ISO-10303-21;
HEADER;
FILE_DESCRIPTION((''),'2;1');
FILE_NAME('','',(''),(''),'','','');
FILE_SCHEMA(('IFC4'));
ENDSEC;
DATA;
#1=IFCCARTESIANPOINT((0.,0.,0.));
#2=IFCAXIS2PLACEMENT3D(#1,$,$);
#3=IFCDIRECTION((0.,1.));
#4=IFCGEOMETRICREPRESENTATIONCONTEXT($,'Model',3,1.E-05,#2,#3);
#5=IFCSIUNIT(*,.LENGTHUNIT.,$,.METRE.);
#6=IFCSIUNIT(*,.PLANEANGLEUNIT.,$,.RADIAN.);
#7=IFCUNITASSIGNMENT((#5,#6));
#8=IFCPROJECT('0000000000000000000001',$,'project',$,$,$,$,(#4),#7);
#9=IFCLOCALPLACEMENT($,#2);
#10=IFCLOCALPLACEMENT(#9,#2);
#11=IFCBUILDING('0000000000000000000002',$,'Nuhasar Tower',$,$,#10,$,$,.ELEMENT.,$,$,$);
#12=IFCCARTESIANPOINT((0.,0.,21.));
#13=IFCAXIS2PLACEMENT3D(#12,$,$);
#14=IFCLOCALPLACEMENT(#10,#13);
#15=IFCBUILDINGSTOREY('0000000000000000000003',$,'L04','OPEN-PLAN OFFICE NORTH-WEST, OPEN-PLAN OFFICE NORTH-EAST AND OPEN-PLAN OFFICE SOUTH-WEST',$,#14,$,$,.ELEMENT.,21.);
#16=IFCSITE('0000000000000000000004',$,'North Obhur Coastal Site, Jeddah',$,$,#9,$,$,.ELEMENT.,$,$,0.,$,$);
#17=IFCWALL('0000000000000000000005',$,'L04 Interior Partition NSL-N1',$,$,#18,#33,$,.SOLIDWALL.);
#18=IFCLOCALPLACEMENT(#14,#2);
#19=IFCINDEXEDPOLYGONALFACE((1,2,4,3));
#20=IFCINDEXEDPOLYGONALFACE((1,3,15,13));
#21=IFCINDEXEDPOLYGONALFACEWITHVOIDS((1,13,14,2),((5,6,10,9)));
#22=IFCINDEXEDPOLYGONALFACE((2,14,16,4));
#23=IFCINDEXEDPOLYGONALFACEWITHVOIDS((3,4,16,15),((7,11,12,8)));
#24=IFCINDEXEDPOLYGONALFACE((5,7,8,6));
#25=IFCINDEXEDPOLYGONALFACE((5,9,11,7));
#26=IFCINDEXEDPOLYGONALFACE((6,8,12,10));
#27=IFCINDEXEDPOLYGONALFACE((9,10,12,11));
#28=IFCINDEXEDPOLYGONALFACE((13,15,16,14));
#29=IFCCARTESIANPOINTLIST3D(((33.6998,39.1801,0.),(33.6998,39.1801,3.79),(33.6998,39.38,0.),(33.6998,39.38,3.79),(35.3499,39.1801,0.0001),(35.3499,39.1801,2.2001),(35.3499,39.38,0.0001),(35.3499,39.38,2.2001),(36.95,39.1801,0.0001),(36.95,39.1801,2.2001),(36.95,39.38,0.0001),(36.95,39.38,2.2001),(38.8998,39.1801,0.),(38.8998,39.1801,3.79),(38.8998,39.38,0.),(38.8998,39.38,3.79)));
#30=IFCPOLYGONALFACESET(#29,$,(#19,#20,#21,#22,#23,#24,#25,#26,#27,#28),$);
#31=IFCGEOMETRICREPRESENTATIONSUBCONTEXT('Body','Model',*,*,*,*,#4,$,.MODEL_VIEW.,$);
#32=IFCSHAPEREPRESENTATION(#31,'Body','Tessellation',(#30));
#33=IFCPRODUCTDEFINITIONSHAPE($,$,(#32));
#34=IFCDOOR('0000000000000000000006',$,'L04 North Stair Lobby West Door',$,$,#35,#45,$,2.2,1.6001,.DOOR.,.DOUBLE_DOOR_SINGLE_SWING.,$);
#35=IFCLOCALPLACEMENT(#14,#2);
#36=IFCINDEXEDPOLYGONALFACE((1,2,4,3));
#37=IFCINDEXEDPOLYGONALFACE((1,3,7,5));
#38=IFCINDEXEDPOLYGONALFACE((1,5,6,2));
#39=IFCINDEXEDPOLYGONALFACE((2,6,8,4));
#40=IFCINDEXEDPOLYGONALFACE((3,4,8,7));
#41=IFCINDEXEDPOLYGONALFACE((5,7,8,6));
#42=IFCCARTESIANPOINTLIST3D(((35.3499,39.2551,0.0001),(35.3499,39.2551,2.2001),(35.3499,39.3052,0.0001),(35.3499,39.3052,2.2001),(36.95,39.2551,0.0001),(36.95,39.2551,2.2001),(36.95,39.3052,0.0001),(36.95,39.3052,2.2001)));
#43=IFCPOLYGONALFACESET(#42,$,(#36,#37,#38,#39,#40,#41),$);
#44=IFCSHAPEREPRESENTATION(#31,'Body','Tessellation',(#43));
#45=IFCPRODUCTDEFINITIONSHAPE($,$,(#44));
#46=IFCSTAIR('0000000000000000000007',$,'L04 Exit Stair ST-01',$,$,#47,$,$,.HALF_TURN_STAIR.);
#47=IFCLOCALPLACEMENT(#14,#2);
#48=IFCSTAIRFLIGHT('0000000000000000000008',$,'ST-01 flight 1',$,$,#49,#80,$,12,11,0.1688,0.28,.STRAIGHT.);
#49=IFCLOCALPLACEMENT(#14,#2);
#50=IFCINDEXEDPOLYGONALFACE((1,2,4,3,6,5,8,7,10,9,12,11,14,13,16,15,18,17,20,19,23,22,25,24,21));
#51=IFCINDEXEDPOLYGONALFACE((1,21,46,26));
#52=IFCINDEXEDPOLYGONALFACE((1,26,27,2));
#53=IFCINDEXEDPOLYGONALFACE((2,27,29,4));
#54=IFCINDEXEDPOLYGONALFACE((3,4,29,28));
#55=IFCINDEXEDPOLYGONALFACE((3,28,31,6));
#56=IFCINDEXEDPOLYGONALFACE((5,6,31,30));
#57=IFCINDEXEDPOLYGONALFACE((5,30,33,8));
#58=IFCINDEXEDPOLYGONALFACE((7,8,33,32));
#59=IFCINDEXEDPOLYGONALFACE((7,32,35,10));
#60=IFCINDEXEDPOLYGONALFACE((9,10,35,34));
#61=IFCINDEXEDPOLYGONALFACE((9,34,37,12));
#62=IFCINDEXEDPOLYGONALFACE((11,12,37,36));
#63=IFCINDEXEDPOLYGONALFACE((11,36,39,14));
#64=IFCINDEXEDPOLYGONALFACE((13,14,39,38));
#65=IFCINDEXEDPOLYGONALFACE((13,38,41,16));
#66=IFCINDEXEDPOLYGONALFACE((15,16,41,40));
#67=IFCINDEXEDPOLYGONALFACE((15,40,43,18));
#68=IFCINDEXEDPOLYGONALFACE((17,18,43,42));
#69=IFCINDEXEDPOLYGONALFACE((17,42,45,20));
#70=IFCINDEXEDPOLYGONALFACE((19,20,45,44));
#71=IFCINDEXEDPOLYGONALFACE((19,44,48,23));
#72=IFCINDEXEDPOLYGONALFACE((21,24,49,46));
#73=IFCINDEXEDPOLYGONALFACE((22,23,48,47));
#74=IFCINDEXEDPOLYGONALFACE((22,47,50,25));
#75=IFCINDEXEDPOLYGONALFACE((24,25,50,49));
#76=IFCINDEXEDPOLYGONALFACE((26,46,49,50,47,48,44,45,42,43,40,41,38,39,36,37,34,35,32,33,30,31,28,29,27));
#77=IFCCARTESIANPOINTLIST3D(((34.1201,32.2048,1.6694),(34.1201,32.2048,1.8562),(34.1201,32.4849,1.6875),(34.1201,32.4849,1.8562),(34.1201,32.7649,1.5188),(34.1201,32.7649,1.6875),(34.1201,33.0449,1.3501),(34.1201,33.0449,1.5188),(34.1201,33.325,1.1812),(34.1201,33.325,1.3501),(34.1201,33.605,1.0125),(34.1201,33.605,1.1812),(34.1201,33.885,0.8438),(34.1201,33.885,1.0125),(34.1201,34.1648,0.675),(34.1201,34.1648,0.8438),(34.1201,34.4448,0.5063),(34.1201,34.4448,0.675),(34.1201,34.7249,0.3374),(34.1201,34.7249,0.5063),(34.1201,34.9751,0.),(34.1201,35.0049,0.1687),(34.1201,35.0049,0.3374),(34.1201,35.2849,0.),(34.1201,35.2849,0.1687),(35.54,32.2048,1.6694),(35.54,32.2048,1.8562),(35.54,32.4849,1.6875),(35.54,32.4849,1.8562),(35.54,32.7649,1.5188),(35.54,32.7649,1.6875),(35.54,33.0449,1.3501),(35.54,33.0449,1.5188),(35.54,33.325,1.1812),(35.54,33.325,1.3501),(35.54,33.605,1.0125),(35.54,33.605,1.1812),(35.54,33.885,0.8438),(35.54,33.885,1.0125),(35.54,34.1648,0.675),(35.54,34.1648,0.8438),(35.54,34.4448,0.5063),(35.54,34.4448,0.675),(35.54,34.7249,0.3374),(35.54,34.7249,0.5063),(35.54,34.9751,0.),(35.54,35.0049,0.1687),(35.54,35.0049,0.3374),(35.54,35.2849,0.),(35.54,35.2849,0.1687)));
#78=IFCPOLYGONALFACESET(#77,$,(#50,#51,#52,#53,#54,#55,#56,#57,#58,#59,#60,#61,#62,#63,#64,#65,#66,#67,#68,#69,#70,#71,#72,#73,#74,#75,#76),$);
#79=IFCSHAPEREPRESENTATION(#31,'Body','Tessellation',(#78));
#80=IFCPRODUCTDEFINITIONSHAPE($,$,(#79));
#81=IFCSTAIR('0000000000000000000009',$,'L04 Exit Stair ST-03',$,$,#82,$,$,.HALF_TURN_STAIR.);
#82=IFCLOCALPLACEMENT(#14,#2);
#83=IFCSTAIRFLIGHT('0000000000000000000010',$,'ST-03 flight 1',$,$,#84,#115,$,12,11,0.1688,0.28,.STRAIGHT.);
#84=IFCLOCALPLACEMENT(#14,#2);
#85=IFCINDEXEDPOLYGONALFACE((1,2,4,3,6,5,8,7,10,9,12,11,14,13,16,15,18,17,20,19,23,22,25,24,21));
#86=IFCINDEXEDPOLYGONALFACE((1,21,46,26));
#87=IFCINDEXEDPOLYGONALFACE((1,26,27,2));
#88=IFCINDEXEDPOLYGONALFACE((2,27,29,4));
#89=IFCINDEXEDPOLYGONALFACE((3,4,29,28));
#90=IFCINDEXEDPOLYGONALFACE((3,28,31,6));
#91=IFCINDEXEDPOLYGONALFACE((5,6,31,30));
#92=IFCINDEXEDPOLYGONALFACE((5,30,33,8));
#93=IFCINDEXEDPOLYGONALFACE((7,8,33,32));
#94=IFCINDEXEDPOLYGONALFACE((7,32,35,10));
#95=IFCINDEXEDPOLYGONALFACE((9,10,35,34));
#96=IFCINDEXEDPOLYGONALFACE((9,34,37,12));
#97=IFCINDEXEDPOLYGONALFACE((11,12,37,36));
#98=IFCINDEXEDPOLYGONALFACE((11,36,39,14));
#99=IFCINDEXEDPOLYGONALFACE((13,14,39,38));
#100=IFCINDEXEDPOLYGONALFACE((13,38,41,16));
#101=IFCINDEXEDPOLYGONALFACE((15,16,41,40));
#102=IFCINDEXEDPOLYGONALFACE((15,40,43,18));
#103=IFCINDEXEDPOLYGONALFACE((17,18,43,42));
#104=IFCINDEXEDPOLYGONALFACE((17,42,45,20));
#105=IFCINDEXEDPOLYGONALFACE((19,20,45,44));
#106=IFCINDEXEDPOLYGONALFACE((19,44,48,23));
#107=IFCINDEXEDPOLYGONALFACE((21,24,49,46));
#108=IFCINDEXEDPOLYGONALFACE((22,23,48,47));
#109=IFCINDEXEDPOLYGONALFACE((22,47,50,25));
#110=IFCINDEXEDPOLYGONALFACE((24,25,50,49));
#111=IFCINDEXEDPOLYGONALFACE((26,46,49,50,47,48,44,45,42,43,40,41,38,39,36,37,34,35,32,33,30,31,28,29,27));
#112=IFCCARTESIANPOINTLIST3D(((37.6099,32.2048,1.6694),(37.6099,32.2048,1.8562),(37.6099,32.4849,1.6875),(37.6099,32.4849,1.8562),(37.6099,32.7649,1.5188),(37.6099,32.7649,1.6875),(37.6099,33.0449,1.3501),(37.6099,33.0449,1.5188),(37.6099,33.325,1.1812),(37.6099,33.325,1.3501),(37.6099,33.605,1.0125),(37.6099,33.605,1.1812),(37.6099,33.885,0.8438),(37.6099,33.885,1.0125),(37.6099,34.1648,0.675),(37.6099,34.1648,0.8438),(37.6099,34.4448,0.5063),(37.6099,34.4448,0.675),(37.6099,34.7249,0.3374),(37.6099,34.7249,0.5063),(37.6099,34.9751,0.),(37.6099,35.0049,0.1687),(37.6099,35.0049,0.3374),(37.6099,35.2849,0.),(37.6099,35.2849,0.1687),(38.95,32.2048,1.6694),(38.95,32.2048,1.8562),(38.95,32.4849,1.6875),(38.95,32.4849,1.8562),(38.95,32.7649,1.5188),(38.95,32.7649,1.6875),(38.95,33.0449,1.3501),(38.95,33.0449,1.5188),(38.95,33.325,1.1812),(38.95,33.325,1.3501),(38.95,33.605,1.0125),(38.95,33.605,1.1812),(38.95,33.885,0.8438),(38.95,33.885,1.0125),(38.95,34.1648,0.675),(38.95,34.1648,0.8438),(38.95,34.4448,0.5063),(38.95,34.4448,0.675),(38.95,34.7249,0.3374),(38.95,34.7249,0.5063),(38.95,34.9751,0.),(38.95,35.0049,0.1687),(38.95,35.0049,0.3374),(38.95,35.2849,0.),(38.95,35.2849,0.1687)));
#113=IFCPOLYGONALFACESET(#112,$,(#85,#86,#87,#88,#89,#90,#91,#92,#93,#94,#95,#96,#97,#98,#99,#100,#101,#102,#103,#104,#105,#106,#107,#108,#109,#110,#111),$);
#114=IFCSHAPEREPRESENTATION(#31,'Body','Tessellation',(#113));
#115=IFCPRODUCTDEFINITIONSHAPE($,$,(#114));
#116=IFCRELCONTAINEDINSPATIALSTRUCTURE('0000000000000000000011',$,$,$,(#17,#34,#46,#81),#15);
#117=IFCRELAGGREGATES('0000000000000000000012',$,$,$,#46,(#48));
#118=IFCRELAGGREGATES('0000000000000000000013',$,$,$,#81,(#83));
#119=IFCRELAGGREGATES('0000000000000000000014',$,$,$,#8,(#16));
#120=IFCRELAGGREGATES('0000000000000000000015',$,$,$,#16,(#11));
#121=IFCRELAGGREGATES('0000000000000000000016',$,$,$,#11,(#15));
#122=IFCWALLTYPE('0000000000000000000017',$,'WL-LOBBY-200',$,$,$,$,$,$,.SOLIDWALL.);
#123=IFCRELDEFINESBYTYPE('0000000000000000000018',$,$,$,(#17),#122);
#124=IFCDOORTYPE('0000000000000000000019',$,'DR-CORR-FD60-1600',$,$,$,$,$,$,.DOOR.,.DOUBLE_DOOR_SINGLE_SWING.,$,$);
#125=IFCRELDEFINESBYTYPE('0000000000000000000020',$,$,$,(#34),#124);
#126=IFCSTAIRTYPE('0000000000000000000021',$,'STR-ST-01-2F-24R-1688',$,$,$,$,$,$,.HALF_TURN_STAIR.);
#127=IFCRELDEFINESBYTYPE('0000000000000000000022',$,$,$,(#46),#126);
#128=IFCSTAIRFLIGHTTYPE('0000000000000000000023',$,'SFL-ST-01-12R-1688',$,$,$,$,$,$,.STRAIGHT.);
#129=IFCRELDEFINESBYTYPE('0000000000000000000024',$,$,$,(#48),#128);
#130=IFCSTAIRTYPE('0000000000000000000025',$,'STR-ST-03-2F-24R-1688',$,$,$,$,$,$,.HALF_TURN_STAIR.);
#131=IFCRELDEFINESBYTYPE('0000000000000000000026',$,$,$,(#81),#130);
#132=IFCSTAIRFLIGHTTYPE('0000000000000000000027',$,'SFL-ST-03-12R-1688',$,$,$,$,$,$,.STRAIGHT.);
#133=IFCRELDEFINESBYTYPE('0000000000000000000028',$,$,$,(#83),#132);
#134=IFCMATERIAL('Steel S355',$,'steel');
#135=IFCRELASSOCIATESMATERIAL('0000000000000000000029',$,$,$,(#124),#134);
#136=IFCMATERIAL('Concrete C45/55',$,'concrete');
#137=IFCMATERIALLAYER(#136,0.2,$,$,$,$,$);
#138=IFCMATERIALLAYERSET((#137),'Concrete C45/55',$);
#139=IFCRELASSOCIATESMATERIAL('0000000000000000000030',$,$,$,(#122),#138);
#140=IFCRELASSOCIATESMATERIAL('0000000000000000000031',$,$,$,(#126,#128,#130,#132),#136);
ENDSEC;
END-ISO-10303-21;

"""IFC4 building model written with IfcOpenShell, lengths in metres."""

from ifc_helpers import new_model, si_unit, direction, frame, frame_2d, origin, place, context, subcontext, project, spatial, polyline, rectangle, outline, extrude, material, layer, layer_set, type_object, element, fill, aggregate, save


model = new_model("IFC4")

# Units and contexts
model_context = context("Model", 3, precision=1e-05, world=origin(), true_north=direction((0.0, 1.0)))
body_context = subcontext(model_context, "Body", "Model", "MODEL_VIEW")
ifc_project = project(units=[si_unit("LENGTHUNIT", "METRE"), si_unit("PLANEANGLEUNIT", "RADIAN")], contexts=[model_context])

# Site, building, storey
site_placement = place(None, origin())
site = spatial("IfcSite", under=ifc_project, at=site_placement, Name="North Obhur Coastal Site, Jeddah", CompositionType="ELEMENT", RefElevation=0.0)
building_placement = place(site_placement, origin())
building = spatial("IfcBuilding", under=site, at=building_placement, Name="Nuhasar Tower", CompositionType="ELEMENT")
storey_placement = place(building_placement, frame((0.0, 0.0, 21.0)))
storey = spatial("IfcBuildingStorey", under=building, at=storey_placement, Name="L04", Description="OPEN-PLAN OFFICE NORTH-WEST, OPEN-PLAN OFFICE NORTH-EAST AND OPEN-PLAN OFFICE SOUTH-WEST", CompositionType="ELEMENT", Elevation=21.0)

# Shared definitions
ifc_material_1 = material(Name="Steel S355", Category="steel")
door_type_1 = type_object("IfcDoorType", Name="DR-CORR-FD60-1600", OperationType="DOUBLE_DOOR_SINGLE_SWING", PredefinedType="DOOR", material=ifc_material_1)

# Shared definitions
ifc_material_2 = material(Name="Concrete C45/55", Category="concrete")
ifc_layer_1 = layer(ifc_material_2, 0.2)
ifc_layer_set_1 = layer_set([ifc_layer_1], Name="Concrete C45/55")
wall_type_1 = type_object("IfcWallType", Name="WL-LOBBY-200", PredefinedType="SOLIDWALL", material=ifc_layer_set_1)

# Wall, opening, door
wall_1_placement = place(storey_placement, frame((38.8999, 39.28, 0.0), z_axis=(0.0, 0.0, 1.0), x_axis=(-1.0, 0.0, 0.0)))
wall_1 = element("IfcWall", 1, at=wall_1_placement, inside=storey, type_object=wall_type_1, Name="L04 Interior Partition NSL-N1", PredefinedType="SOLIDWALL", context=body_context, shape_type="SweptSolid", body=[
    extrude(rectangle(XDim=5.2, YDim=0.2, at=frame_2d((2.6001, 0.0))), origin(), (0.0, 0.0, 1.0), 3.79),
])
opening_1_placement = place(wall_1_placement, frame((1.95, 0.0, 0.0)))
opening_1 = element("IfcOpeningElement", 2, at=opening_1_placement, cuts=wall_1, PredefinedType="OPENING", context=body_context, shape_type="SweptSolid", body=[
    extrude(rectangle(XDim=1.6001, YDim=2.2, at=frame_2d((0.8, 1.1001))), frame((0.0, 0.1099, 0.0), z_axis=(0.0, -1.0, 0.0), x_axis=(1.0, 0.0, 0.0)), (0.0, 0.0, 1.0), 0.22),
])
door_1_placement = place(opening_1_placement, origin())
door_1 = element("IfcDoor", 3, at=door_1_placement, inside=storey, type_object=door_type_1, Name="L04 North Stair Lobby West Door", OperationType="DOUBLE_DOOR_SINGLE_SWING", OverallHeight=2.2, OverallWidth=1.6001, PredefinedType="DOOR", context=body_context, shape_type="SweptSolid", body=[
    extrude(rectangle(XDim=1.6001, YDim=2.2, at=frame_2d((0.8, 1.1001))), frame((0.0, 0.0249, 0.0), z_axis=(0.0, -1.0, 0.0), x_axis=(1.0, 0.0, 0.0)), (0.0, 0.0, 1.0), 0.05),
])
fill(opening_1, door_1)

# Stairs, stair flights
stair_type_1 = type_object("IfcStairType", Name="STR-ST-01-2F-24R-1688", PredefinedType="HALF_TURN_STAIR", material=ifc_material_2)
stair_1_placement = place(storey_placement, origin())
stair_1 = element("IfcStair", 4, at=stair_1_placement, inside=storey, type_object=stair_type_1, Name="L04 Exit Stair ST-01", PredefinedType="HALF_TURN_STAIR")
stair_flight_type_1 = type_object("IfcStairFlightType", Name="SFL-ST-01-12R-1688", PredefinedType="STRAIGHT", material=ifc_material_2)
stair_flight_1_placement = place(storey_placement, frame((34.8301, 35.2849, 0.0), z_axis=(0.0, 0.0, 1.0), x_axis=(0.0, -1.0, 0.0)))
stair_flight_1 = element("IfcStairFlight", 5, at=stair_flight_1_placement, type_object=stair_flight_type_1, Name="ST-01 flight 1", NumberOfRisers=12, NumberOfTreads=11, PredefinedType="STRAIGHT", RiserHeight=0.1688, TreadLength=0.28, context=body_context, shape_type="SweptSolid", body=[
    extrude(outline(polyline([(0.0, 0.0), (0.0, 0.1687), (0.28, 0.1687), (0.28, 0.3374), (0.5601, 0.3374), (0.5601, 0.5063), (0.8401, 0.5063), (0.8401, 0.675), (1.1201, 0.675), (1.1201, 0.8438), (1.3999, 0.8438), (1.3999, 1.0125), (1.6799, 1.0125), (1.6799, 1.1812), (1.96, 1.1812), (1.96, 1.3501), (2.24, 1.3501), (2.24, 1.5188), (2.52, 1.5188), (2.52, 1.6875), (2.8, 1.6875), (2.8, 1.8562), (3.0801, 1.8562), (3.0801, 2.0249), (3.0801, 1.6694), (0.3098, 0.0), (0.0, 0.0)])), frame((0.0, 0.71, 0.0), z_axis=(0.0, -1.0, 0.0), x_axis=(1.0, 0.0, 0.0)), (0.0, 0.0, 1.0), 1.4199),
])
aggregate(stair_1, [stair_flight_1])
stair_type_2 = type_object("IfcStairType", Name="STR-ST-03-2F-24R-1688", PredefinedType="HALF_TURN_STAIR", material=ifc_material_2)
stair_2_placement = place(storey_placement, origin())
stair_2 = element("IfcStair", 6, at=stair_2_placement, inside=storey, type_object=stair_type_2, Name="L04 Exit Stair ST-03", PredefinedType="HALF_TURN_STAIR")
stair_flight_type_2 = type_object("IfcStairFlightType", Name="SFL-ST-03-12R-1688", PredefinedType="STRAIGHT", material=ifc_material_2)
stair_flight_2_placement = place(storey_placement, frame((38.28, 35.2849, 0.0), z_axis=(0.0, 0.0, 1.0), x_axis=(0.0, -1.0, 0.0)))
stair_flight_2 = element("IfcStairFlight", 7, at=stair_flight_2_placement, type_object=stair_flight_type_2, Name="ST-03 flight 1", NumberOfRisers=12, NumberOfTreads=11, PredefinedType="STRAIGHT", RiserHeight=0.1688, TreadLength=0.28, context=body_context, shape_type="SweptSolid", body=[
    extrude(outline(polyline([(0.0, 0.0), (0.0, 0.1687), (0.28, 0.1687), (0.28, 0.3374), (0.5601, 0.3374), (0.5601, 0.5063), (0.8401, 0.5063), (0.8401, 0.675), (1.1201, 0.675), (1.1201, 0.8438), (1.3999, 0.8438), (1.3999, 1.0125), (1.6799, 1.0125), (1.6799, 1.1812), (1.96, 1.1812), (1.96, 1.3501), (2.24, 1.3501), (2.24, 1.5188), (2.52, 1.5188), (2.52, 1.6875), (2.8, 1.6875), (2.8, 1.8562), (3.0801, 1.8562), (3.0801, 2.0249), (3.0801, 1.6694), (0.3098, 0.0), (0.0, 0.0)])), frame((0.0, 0.6699, 0.0), z_axis=(0.0, -1.0, 0.0), x_axis=(1.0, 0.0, 0.0)), (0.0, 0.0, 1.0), 1.3401),
])
aggregate(stair_2, [stair_flight_2])

save(model, "model.ifc")
